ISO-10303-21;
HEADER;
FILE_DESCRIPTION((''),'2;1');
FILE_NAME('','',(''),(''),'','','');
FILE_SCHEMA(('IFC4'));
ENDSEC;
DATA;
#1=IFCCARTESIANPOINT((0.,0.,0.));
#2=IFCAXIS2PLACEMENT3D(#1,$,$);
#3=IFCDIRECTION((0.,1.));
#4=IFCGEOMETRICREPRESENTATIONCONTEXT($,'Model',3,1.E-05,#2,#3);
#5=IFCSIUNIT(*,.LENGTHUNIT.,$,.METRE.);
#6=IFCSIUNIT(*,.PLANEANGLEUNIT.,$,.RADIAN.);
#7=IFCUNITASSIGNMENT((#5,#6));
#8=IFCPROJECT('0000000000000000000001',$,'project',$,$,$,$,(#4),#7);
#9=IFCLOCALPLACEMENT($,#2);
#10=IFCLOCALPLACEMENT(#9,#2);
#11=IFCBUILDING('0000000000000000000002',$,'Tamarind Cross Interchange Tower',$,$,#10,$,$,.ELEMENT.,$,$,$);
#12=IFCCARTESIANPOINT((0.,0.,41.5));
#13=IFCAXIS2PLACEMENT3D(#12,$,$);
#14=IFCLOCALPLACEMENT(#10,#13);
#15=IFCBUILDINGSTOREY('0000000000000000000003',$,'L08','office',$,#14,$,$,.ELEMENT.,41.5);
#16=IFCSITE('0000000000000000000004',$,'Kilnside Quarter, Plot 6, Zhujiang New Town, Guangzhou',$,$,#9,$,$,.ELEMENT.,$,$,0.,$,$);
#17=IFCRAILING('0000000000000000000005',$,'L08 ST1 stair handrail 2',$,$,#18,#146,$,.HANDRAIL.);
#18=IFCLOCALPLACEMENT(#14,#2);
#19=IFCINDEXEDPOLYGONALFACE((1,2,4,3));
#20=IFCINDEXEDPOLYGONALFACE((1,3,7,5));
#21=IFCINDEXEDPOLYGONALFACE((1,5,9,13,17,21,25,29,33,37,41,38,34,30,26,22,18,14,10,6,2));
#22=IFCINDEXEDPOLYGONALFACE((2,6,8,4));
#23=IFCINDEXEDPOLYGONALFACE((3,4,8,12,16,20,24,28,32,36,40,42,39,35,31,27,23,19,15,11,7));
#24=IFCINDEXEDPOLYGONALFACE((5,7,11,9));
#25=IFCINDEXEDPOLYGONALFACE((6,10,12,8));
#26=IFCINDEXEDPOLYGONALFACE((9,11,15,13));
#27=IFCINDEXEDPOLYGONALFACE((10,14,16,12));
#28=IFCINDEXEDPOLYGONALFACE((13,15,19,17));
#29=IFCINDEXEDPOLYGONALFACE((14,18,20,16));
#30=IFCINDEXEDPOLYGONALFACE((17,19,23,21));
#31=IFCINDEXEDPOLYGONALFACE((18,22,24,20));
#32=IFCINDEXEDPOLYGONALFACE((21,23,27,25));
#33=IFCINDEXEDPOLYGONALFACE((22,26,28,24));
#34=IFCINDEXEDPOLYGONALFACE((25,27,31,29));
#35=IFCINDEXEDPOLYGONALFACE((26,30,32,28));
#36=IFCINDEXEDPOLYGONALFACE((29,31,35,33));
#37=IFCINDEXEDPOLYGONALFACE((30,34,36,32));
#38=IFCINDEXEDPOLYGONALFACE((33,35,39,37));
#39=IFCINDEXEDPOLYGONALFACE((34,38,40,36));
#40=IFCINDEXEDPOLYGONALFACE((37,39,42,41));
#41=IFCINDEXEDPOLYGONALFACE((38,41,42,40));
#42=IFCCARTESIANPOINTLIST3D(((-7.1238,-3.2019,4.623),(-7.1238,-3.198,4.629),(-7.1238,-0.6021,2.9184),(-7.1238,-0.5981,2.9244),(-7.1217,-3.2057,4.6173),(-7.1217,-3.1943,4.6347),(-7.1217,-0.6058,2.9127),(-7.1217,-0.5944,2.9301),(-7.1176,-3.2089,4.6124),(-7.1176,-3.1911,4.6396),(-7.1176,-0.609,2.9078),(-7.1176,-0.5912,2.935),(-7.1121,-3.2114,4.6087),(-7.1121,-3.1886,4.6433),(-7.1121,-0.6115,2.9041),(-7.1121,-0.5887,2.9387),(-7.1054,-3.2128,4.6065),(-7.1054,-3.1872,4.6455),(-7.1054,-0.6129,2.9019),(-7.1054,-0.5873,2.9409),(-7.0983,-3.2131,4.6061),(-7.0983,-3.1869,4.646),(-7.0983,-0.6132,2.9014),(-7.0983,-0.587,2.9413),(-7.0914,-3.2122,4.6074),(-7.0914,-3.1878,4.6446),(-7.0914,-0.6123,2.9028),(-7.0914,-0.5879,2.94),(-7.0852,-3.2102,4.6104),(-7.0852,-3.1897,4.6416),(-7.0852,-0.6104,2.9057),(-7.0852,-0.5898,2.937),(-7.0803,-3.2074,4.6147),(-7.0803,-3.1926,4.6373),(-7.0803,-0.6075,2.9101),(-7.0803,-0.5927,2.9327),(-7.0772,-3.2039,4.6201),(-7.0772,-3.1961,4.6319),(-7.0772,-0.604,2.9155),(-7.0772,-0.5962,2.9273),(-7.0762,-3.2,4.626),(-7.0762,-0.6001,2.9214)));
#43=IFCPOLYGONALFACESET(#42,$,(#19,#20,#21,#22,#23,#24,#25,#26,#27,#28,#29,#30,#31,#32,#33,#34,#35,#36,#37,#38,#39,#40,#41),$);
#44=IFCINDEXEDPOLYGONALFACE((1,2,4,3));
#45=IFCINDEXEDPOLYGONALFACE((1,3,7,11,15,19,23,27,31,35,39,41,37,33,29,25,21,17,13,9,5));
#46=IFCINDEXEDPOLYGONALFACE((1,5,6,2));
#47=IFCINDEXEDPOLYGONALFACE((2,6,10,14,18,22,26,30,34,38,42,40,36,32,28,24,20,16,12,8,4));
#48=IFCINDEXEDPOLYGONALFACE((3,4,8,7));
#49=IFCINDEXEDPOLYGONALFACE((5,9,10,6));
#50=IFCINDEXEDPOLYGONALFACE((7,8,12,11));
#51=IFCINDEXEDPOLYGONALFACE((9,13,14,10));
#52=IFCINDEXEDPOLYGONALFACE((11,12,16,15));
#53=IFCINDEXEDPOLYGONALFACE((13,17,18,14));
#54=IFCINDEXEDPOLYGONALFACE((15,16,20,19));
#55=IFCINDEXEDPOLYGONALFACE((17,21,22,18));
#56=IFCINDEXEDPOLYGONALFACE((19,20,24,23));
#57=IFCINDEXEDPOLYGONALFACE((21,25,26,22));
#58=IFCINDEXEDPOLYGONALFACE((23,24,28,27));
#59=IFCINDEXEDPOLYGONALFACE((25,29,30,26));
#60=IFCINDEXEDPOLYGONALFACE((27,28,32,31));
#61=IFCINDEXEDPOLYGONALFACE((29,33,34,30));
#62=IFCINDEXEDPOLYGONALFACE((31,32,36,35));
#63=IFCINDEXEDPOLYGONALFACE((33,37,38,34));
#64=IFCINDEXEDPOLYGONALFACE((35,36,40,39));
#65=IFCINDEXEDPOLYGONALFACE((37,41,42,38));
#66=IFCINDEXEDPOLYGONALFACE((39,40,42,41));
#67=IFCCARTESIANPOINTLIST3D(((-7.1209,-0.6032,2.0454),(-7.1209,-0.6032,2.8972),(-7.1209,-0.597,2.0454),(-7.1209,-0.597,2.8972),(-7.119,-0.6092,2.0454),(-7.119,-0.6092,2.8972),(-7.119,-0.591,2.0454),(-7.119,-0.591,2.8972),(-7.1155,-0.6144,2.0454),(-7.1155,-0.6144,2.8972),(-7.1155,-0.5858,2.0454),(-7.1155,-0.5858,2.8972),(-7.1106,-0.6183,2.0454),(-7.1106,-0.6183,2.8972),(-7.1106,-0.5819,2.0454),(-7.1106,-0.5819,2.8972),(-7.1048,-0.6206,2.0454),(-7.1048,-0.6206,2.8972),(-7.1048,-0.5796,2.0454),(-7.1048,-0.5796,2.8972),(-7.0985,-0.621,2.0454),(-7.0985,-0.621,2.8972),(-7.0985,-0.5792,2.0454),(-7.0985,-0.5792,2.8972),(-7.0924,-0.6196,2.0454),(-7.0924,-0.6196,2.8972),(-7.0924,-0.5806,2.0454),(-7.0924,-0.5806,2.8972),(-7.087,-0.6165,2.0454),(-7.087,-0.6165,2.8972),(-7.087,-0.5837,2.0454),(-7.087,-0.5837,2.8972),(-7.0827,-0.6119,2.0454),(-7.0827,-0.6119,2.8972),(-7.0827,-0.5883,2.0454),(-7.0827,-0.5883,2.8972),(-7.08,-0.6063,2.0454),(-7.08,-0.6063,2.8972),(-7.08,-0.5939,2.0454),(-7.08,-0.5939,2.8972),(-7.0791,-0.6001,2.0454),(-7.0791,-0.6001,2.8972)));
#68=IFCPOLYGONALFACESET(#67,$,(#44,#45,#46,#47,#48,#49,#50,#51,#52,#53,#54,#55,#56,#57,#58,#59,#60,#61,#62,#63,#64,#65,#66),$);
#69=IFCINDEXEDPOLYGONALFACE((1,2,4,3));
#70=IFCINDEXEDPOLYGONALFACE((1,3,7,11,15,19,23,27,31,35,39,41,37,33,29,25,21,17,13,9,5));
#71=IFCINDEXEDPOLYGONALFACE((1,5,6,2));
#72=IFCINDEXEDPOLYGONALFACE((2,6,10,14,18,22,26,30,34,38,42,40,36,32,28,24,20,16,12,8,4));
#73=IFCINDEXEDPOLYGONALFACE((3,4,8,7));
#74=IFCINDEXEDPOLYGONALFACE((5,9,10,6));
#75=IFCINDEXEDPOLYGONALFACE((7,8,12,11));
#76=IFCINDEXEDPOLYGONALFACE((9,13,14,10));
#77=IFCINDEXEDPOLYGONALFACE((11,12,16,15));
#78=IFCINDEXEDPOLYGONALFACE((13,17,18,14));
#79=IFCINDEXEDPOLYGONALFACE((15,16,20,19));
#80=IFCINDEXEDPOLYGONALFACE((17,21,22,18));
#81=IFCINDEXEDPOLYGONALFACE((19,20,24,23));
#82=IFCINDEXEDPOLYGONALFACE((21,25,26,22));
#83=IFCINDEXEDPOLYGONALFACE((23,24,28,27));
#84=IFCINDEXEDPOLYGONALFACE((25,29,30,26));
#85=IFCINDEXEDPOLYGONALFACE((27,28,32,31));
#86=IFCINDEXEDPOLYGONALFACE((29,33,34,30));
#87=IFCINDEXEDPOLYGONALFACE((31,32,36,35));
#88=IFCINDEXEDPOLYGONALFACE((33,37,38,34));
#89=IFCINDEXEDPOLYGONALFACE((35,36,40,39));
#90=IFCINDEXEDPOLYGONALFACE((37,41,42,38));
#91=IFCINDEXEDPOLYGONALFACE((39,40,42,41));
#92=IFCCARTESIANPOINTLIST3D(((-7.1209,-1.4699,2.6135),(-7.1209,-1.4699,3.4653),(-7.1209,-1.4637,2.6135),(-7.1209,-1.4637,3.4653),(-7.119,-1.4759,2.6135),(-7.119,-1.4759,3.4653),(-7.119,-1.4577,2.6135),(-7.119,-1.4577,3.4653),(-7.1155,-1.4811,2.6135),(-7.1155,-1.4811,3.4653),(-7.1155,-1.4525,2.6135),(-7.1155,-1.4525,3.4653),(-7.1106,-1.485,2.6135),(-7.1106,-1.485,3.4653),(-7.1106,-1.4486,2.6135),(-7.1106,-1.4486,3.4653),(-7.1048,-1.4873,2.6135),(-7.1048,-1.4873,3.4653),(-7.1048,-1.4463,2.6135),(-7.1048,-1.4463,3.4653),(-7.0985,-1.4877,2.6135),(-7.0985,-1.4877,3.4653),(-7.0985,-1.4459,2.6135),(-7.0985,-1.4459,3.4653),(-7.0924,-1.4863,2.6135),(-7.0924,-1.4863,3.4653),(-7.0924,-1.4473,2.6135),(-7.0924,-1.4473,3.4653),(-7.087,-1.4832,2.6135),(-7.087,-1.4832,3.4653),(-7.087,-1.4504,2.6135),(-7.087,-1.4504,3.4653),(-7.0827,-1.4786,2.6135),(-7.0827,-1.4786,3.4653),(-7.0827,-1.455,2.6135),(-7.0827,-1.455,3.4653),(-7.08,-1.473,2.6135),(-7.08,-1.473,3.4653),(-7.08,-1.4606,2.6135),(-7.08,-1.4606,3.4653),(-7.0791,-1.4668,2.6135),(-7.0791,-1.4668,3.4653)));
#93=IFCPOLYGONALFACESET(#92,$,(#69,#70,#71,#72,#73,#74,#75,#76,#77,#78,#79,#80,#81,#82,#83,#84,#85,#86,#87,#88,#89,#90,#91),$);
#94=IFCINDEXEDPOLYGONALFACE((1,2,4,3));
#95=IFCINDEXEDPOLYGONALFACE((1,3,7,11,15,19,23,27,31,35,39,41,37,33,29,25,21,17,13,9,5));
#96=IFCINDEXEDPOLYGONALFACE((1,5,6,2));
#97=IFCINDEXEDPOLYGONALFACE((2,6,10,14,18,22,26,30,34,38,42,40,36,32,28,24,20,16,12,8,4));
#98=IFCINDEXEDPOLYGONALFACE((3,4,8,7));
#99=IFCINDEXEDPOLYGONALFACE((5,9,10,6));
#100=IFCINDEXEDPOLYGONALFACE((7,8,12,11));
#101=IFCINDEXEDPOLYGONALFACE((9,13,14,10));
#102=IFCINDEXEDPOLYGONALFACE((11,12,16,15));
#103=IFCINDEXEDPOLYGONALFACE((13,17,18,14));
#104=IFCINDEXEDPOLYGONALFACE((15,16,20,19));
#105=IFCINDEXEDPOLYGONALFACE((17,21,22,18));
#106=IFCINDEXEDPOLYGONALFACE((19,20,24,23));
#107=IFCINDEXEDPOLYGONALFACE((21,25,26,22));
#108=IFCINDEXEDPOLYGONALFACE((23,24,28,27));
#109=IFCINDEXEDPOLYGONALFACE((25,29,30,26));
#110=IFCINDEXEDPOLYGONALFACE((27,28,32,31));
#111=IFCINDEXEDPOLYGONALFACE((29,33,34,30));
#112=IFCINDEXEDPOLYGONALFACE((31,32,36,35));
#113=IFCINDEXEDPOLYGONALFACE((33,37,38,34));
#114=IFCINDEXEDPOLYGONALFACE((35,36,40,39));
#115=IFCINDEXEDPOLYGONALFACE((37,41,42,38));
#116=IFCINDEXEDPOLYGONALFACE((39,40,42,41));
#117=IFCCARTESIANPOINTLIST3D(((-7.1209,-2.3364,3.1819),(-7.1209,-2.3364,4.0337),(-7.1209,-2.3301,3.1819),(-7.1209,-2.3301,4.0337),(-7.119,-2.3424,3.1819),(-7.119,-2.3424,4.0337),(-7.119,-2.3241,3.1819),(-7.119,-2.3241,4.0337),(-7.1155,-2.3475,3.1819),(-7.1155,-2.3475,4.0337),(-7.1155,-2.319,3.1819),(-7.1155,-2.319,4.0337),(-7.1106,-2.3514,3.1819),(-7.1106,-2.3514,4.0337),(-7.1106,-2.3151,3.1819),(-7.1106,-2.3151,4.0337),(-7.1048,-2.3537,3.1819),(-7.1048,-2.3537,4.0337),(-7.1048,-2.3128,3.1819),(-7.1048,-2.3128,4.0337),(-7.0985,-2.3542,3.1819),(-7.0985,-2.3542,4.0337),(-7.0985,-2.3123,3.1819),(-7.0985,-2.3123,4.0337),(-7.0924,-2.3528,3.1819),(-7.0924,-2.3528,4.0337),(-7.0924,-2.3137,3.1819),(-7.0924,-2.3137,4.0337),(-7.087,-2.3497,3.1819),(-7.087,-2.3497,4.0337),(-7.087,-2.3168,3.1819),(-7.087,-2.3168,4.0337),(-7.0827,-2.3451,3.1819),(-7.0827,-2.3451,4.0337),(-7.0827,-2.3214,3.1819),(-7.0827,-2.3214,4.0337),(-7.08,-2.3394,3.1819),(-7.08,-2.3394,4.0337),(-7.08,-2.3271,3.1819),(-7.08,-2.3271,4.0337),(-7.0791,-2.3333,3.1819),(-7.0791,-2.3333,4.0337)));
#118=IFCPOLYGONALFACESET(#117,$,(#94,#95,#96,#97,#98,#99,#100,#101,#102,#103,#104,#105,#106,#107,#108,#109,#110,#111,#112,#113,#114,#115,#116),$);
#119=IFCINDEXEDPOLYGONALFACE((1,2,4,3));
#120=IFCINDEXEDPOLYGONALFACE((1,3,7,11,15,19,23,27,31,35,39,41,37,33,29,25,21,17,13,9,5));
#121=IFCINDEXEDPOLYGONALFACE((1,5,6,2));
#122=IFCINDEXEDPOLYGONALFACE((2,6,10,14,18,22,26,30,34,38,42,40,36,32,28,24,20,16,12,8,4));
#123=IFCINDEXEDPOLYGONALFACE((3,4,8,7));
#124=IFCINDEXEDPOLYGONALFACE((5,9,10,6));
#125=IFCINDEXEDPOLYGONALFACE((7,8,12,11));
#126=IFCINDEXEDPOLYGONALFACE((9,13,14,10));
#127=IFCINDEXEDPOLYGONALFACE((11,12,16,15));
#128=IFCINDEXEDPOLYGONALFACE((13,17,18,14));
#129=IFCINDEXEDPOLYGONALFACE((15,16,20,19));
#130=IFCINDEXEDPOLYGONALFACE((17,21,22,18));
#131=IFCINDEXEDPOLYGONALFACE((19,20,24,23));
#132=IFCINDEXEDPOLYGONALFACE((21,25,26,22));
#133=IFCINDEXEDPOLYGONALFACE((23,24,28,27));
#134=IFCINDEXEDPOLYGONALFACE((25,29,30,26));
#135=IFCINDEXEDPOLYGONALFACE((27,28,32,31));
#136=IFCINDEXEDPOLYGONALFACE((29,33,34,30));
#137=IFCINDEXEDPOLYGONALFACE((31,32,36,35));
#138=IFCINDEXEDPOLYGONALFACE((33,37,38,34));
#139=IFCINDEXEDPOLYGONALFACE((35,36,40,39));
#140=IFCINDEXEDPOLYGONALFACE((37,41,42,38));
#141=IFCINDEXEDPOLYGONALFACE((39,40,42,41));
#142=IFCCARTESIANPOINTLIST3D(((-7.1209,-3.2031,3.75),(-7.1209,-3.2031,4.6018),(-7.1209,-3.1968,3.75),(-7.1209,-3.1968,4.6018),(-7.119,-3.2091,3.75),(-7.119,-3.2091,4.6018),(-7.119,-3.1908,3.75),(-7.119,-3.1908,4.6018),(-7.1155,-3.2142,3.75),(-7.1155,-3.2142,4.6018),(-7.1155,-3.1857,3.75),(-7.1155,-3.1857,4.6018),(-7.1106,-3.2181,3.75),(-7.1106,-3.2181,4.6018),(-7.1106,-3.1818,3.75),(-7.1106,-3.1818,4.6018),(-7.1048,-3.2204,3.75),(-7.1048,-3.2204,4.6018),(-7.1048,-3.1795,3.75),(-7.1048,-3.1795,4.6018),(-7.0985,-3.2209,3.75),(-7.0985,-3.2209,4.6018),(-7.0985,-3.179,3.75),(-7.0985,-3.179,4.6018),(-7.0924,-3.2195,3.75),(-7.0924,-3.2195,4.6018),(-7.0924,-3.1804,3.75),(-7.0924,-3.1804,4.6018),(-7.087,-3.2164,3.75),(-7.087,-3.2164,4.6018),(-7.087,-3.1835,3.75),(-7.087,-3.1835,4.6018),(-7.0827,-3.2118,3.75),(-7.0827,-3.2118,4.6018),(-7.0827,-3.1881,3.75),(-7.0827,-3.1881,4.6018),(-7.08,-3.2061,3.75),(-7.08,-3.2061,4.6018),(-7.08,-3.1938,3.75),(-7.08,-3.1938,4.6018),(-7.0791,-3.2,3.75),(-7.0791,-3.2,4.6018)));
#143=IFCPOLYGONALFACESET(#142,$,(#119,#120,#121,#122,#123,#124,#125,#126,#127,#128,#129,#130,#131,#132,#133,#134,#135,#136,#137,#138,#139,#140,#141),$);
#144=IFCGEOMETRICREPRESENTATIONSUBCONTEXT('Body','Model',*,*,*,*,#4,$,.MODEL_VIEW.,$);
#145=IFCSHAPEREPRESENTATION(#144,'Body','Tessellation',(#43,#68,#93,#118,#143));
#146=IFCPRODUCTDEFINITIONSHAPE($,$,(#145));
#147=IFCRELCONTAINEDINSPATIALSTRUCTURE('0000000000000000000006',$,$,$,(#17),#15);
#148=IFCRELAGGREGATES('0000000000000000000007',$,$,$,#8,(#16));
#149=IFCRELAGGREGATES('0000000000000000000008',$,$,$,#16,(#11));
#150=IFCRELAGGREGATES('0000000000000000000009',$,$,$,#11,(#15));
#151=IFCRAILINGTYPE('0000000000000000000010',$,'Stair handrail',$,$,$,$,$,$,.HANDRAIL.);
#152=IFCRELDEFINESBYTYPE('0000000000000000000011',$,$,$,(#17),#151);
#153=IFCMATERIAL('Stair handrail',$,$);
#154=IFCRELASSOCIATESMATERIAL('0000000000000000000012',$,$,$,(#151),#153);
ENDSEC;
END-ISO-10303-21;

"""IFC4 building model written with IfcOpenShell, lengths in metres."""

from ifc_helpers import new_model, si_unit, direction, frame, origin, origin_2d, place, context, subcontext, project, spatial, circle, extrude, material, type_object, element, save


model = new_model("IFC4")

# Units and contexts
model_context = context("Model", 3, precision=1e-05, world=origin(), true_north=direction((0.0, 1.0)))
body_context = subcontext(model_context, "Body", "Model", "MODEL_VIEW")
ifc_project = project(units=[si_unit("LENGTHUNIT", "METRE"), si_unit("PLANEANGLEUNIT", "RADIAN")], contexts=[model_context])

# Site, building, storey
site_placement = place(None, origin())
site = spatial("IfcSite", under=ifc_project, at=site_placement, Name="Kilnside Quarter, Plot 6, Zhujiang New Town, Guangzhou", CompositionType="ELEMENT", RefElevation=0.0)
building_placement = place(site_placement, origin())
building = spatial("IfcBuilding", under=site, at=building_placement, Name="Tamarind Cross Interchange Tower", CompositionType="ELEMENT")
storey_placement = place(building_placement, frame((0.0, 0.0, 41.5)))
storey = spatial("IfcBuildingStorey", under=building, at=storey_placement, Name="L08", Description="office", CompositionType="ELEMENT", Elevation=41.5)

# Railing
ifc_material_1 = material(Name="Stair handrail")
railing_type_1 = type_object("IfcRailingType", Name="Stair handrail", PredefinedType="HANDRAIL", material=ifc_material_1)
railing_1_placement = place(storey_placement, frame((-7.1001, -0.6001, 2.0454)))
element("IfcRailing", 1, at=railing_1_placement, inside=storey, type_object=railing_type_1, Name="L08 ST1 stair handrail 2", PredefinedType="HANDRAIL", context=body_context, shape_type="SweptSolid", body=[
    extrude(circle(Radius=0.0239, at=origin_2d()), frame((0.0, 0.0, 0.876), z_axis=(0.0, -0.836279, 0.548305), x_axis=(1.0, 0.0, 0.0)), (0.0, 0.0, 1.0), 3.1089),
    extrude(circle(Radius=0.021, at=origin_2d()), origin(), (0.0, 0.0, 1.0), 0.8518),
    extrude(circle(Radius=0.021, at=origin_2d()), frame((0.0, -0.8667, 0.5681)), (0.0, 0.0, 1.0), 0.8518),
    extrude(circle(Radius=0.021, at=origin_2d()), frame((0.0, -1.7332, 1.1365)), (0.0, 0.0, 1.0), 0.8518),
    extrude(circle(Radius=0.021, at=origin_2d()), frame((0.0, -2.5999, 1.7046)), (0.0, 0.0, 1.0), 0.8518),
])

save(model, "model.ifc")
